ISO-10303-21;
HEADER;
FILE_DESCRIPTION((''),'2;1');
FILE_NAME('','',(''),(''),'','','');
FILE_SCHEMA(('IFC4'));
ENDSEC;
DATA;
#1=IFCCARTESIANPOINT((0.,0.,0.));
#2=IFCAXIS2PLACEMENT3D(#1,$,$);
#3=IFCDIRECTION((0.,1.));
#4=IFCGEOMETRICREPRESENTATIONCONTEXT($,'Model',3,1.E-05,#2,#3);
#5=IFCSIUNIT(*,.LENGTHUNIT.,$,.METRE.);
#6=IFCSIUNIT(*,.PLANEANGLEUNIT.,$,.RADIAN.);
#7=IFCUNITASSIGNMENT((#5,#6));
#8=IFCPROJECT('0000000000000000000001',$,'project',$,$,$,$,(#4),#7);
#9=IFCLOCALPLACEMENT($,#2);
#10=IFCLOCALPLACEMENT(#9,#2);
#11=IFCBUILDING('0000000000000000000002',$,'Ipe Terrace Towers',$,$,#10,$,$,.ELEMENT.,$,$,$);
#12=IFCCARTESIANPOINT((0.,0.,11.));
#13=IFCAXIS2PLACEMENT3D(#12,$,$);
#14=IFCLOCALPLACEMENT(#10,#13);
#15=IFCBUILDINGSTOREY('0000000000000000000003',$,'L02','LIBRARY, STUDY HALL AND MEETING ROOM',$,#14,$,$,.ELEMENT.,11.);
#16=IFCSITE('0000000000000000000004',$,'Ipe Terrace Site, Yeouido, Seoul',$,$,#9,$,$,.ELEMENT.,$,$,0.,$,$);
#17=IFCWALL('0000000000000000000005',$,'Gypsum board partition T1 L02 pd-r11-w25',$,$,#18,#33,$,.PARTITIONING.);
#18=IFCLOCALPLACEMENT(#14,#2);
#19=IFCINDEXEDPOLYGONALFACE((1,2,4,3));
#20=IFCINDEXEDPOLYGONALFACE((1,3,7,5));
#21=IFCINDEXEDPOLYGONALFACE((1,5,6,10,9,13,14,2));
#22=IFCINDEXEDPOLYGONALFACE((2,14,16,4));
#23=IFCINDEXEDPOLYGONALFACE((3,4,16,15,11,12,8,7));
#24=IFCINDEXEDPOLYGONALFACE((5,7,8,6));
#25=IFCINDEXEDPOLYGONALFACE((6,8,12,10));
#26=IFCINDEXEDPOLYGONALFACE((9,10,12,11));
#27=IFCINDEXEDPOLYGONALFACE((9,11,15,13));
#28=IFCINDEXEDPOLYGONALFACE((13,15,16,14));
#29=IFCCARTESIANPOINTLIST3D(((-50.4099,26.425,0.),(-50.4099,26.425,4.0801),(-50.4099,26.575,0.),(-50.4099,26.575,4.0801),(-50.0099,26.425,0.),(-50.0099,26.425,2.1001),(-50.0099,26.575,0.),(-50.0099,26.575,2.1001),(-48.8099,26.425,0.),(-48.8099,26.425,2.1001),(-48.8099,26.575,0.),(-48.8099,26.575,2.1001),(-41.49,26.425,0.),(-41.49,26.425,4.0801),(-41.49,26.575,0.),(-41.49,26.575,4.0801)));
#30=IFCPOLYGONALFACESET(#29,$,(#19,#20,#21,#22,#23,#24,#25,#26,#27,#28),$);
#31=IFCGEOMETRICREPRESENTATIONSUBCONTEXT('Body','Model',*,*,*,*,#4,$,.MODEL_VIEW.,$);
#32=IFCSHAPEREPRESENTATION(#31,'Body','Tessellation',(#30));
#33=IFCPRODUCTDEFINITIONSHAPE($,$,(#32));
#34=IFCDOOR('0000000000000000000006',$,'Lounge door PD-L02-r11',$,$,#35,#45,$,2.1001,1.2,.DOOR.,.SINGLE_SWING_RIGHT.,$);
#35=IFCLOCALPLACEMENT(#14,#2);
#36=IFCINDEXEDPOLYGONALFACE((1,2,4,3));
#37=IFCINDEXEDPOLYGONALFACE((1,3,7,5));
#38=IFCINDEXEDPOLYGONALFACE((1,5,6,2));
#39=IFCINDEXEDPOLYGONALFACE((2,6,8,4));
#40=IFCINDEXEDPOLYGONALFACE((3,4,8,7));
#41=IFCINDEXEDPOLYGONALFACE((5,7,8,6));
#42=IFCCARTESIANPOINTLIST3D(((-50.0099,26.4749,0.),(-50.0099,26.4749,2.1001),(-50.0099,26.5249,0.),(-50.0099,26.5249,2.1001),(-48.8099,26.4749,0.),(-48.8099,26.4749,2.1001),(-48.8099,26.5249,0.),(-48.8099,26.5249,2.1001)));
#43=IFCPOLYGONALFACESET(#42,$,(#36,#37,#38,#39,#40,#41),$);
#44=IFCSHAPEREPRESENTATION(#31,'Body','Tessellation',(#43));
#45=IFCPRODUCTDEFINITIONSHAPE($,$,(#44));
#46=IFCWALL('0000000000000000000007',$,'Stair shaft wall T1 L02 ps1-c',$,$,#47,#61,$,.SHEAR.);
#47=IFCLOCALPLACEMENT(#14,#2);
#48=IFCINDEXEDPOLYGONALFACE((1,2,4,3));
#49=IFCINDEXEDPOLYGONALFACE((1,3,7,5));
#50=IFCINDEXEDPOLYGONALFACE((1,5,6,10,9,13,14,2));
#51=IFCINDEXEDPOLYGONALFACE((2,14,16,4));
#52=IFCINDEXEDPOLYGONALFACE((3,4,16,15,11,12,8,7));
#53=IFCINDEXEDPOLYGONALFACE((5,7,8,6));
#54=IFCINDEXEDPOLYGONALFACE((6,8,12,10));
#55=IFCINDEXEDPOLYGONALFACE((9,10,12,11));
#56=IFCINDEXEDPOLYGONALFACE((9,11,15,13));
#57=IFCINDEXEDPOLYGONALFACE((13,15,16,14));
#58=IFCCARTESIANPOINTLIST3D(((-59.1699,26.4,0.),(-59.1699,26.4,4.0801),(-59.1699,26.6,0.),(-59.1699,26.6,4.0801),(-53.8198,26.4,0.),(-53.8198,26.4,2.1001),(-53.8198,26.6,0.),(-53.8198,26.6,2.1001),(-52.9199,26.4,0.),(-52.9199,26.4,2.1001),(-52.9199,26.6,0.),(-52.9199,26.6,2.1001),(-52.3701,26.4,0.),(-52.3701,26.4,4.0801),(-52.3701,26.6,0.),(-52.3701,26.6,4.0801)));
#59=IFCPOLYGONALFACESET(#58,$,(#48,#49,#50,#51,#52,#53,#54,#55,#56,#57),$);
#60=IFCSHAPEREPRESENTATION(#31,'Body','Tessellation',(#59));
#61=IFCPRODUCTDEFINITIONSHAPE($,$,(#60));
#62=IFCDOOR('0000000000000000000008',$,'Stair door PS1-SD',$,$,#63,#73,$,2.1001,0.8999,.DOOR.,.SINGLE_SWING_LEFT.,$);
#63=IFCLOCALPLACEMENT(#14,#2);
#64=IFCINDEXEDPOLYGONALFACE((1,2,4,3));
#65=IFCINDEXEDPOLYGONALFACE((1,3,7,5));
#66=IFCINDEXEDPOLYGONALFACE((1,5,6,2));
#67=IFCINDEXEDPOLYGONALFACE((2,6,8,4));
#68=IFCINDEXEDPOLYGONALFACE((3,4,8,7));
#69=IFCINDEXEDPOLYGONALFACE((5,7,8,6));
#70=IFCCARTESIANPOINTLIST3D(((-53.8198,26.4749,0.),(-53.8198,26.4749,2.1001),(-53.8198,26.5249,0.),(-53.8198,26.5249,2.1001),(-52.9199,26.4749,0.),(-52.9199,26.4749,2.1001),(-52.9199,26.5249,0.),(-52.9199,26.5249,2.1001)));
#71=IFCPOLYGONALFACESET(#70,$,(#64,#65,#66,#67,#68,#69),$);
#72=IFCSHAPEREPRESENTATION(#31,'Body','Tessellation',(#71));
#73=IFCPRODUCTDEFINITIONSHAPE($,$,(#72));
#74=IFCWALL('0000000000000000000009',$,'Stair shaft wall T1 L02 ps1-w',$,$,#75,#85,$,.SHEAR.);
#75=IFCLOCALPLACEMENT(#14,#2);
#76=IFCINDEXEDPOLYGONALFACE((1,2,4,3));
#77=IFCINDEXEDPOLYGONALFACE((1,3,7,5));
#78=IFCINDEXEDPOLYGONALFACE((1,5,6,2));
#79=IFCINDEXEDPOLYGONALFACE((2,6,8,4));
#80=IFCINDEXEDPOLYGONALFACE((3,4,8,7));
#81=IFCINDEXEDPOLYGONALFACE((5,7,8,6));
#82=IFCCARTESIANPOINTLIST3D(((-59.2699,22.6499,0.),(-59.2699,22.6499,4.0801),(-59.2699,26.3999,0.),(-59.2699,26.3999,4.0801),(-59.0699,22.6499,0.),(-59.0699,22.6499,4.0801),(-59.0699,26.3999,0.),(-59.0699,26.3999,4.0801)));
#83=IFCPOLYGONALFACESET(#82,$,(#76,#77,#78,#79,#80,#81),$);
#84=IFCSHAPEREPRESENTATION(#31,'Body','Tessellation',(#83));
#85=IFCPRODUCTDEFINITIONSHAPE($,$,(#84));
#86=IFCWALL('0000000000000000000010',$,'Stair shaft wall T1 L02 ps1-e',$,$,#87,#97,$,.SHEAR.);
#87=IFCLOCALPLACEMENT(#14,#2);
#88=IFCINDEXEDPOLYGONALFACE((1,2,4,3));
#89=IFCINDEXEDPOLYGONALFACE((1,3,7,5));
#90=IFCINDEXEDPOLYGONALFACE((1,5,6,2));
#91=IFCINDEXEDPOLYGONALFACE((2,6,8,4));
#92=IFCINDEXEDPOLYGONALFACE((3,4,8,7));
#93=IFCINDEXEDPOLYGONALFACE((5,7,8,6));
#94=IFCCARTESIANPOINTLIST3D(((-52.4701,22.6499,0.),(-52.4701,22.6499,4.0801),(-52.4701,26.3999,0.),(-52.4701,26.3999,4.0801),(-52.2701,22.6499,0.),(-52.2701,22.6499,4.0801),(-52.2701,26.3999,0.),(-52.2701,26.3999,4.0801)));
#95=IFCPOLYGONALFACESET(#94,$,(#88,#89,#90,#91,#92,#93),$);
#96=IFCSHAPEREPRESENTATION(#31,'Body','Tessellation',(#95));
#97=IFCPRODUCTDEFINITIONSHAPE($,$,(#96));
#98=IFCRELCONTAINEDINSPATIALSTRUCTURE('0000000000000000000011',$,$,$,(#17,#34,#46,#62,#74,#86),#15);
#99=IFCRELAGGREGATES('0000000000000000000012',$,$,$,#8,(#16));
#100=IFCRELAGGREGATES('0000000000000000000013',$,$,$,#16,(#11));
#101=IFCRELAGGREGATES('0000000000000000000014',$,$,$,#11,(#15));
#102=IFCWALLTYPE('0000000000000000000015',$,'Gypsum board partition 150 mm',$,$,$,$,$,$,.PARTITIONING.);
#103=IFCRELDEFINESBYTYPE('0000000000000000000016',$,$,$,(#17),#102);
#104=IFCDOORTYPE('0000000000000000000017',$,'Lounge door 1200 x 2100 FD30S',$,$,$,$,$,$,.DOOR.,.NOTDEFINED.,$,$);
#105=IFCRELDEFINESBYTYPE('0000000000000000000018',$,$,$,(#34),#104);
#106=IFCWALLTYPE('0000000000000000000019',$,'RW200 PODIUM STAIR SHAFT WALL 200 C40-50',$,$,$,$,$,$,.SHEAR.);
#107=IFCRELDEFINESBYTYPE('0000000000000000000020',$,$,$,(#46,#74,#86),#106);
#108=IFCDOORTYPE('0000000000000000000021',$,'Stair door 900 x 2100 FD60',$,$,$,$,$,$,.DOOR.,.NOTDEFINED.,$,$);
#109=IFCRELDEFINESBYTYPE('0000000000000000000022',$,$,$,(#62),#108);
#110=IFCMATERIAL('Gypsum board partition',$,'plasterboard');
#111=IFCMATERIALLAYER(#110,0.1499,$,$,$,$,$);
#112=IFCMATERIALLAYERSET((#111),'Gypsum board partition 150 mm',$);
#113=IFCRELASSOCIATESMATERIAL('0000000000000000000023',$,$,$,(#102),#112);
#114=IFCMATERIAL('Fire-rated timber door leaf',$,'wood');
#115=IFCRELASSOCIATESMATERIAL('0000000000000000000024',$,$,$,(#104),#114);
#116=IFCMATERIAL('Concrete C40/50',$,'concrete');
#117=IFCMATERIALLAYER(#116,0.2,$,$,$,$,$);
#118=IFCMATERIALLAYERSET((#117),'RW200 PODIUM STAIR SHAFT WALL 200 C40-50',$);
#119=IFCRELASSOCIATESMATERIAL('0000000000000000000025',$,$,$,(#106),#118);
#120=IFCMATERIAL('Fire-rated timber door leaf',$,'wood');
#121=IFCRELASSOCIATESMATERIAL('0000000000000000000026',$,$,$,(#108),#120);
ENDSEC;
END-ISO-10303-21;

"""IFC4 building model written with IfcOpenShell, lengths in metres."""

from ifc_helpers import new_model, si_unit, direction, frame, frame_2d, origin, place, context, subcontext, project, spatial, rectangle, extrude, material, layer, layer_set, type_object, element, fill, save


model = new_model("IFC4")

# Units and contexts
model_context = context("Model", 3, precision=1e-05, world=origin(), true_north=direction((0.0, 1.0)))
body_context = subcontext(model_context, "Body", "Model", "MODEL_VIEW")
ifc_project = project(units=[si_unit("LENGTHUNIT", "METRE"), si_unit("PLANEANGLEUNIT", "RADIAN")], contexts=[model_context])

# Site, building, storey
site_placement = place(None, origin())
site = spatial("IfcSite", under=ifc_project, at=site_placement, Name="Ipe Terrace Site, Yeouido, Seoul", CompositionType="ELEMENT", RefElevation=0.0)
building_placement = place(site_placement, origin())
building = spatial("IfcBuilding", under=site, at=building_placement, Name="Ipe Terrace Towers", CompositionType="ELEMENT")
storey_placement = place(building_placement, frame((0.0, 0.0, 11.0)))
storey = spatial("IfcBuildingStorey", under=building, at=storey_placement, Name="L02", Description="LIBRARY, STUDY HALL AND MEETING ROOM", CompositionType="ELEMENT", Elevation=11.0)

# Shared definitions
ifc_material_1 = material(Name="Gypsum board partition", Category="plasterboard")
ifc_layer_1 = layer(ifc_material_1, 0.1499)
ifc_layer_set_1 = layer_set([ifc_layer_1], Name="Gypsum board partition 150 mm")
wall_type_1 = type_object("IfcWallType", Name="Gypsum board partition 150 mm", PredefinedType="PARTITIONING", material=ifc_layer_set_1)

# Walls, openings, doors
wall_1_placement = place(storey_placement, frame((-50.4099, 26.5, 0.0), z_axis=(0.0, 0.0, 1.0), x_axis=(1.0, 0.0, 0.0)))
wall_1 = element("IfcWall", 1, at=wall_1_placement, inside=storey, type_object=wall_type_1, Name="Gypsum board partition T1 L02 pd-r11-w25", PredefinedType="PARTITIONING", context=body_context, shape_type="SweptSolid", body=[
    extrude(rectangle(XDim=8.9199, YDim=0.1499, at=frame_2d((4.46, 0.0))), origin(), (0.0, 0.0, 1.0), 4.0801),
])
opening_1_placement = place(wall_1_placement, frame((0.3999, 0.0, 0.0)))
opening_1 = element("IfcOpeningElement", 2, at=opening_1_placement, cuts=wall_1, PredefinedType="OPENING", context=body_context, shape_type="SweptSolid", body=[
    extrude(rectangle(XDim=1.2, YDim=2.1001, at=frame_2d((0.6001, 1.05))), frame((0.0, 0.085, 0.0), z_axis=(0.0, -1.0, 0.0), x_axis=(1.0, 0.0, 0.0)), (0.0, 0.0, 1.0), 0.1699),
])
ifc_material_2 = material(Name="Fire-rated timber door leaf", Category="wood")
door_type_1 = type_object("IfcDoorType", Name="Lounge door 1200 x 2100 FD30S", OperationType="NOTDEFINED", PredefinedType="DOOR", material=ifc_material_2)
door_1_placement = place(opening_1_placement, origin())
door_1 = element("IfcDoor", 3, at=door_1_placement, inside=storey, type_object=door_type_1, Name="Lounge door PD-L02-r11", OperationType="SINGLE_SWING_RIGHT", OverallHeight=2.1001, OverallWidth=1.2, PredefinedType="DOOR", context=body_context, shape_type="SweptSolid", body=[
    extrude(rectangle(XDim=1.2, YDim=2.1001, at=frame_2d((0.6001, 1.05))), frame((0.0, 0.0249, 0.0), z_axis=(0.0, -1.0, 0.0), x_axis=(1.0, 0.0, 0.0)), (0.0, 0.0, 1.0), 0.05),
])
fill(opening_1, door_1)
ifc_material_3 = material(Name="Concrete C40/50", Category="concrete")
ifc_layer_2 = layer(ifc_material_3, 0.2)
ifc_layer_set_2 = layer_set([ifc_layer_2], Name="RW200 PODIUM STAIR SHAFT WALL 200 C40-50")
wall_type_2 = type_object("IfcWallType", Name="RW200 PODIUM STAIR SHAFT WALL 200 C40-50", PredefinedType="SHEAR", material=ifc_layer_set_2)
wall_2_placement = place(storey_placement, frame((-59.1699, 26.5, 0.0), z_axis=(0.0, 0.0, 1.0), x_axis=(1.0, 0.0, 0.0)))
wall_2 = element("IfcWall", 4, at=wall_2_placement, inside=storey, type_object=wall_type_2, Name="Stair shaft wall T1 L02 ps1-c", PredefinedType="SHEAR", context=body_context, shape_type="SweptSolid", body=[
    extrude(rectangle(XDim=6.7998, YDim=0.2, at=frame_2d((3.3999, 0.0))), origin(), (0.0, 0.0, 1.0), 4.0801),
])
opening_2_placement = place(wall_2_placement, frame((5.3501, 0.0, 0.0)))
opening_2 = element("IfcOpeningElement", 5, at=opening_2_placement, cuts=wall_2, PredefinedType="OPENING", context=body_context, shape_type="SweptSolid", body=[
    extrude(rectangle(XDim=0.8999, YDim=2.1001, at=frame_2d((0.45, 1.05))), frame((0.0, 0.1099, 0.0), z_axis=(0.0, -1.0, 0.0), x_axis=(1.0, 0.0, 0.0)), (0.0, 0.0, 1.0), 0.22),
])
ifc_material_4 = material(Name="Fire-rated timber door leaf", Category="wood")
door_type_2 = type_object("IfcDoorType", Name="Stair door 900 x 2100 FD60", OperationType="NOTDEFINED", PredefinedType="DOOR", material=ifc_material_4)
door_2_placement = place(opening_2_placement, origin())
door_2 = element("IfcDoor", 6, at=door_2_placement, inside=storey, type_object=door_type_2, Name="Stair door PS1-SD", OperationType="SINGLE_SWING_LEFT", OverallHeight=2.1001, OverallWidth=0.8999, PredefinedType="DOOR", context=body_context, shape_type="SweptSolid", body=[
    extrude(rectangle(XDim=0.8999, YDim=2.1001, at=frame_2d((0.45, 1.05))), frame((0.0, 0.0249, 0.0), z_axis=(0.0, -1.0, 0.0), x_axis=(1.0, 0.0, 0.0)), (0.0, 0.0, 1.0), 0.05),
])
fill(opening_2, door_2)

# Walls
for number, where, z_axis, x_axis, name in (
    (7, (-59.1699, 22.6499, 0.0), (0.0, 0.0, 1.0), (0.0, 1.0, 0.0), "Stair shaft wall T1 L02 ps1-w"),
    (8, (-52.3701, 22.6499, 0.0), (0.0, 0.0, 1.0), (0.0, 1.0, 0.0), "Stair shaft wall T1 L02 ps1-e"),
):
    element("IfcWall", number, at=place(storey_placement, frame(where, z_axis=z_axis, x_axis=x_axis)), inside=storey, type_object=wall_type_2, Name=name, PredefinedType="SHEAR", context=body_context, shape_type="SweptSolid", body=[
        extrude(rectangle(XDim=3.75, YDim=0.2, at=frame_2d((1.875, 0.0))), origin(), (0.0, 0.0, 1.0), 4.0801),
    ])

save(model, "model.ifc")
